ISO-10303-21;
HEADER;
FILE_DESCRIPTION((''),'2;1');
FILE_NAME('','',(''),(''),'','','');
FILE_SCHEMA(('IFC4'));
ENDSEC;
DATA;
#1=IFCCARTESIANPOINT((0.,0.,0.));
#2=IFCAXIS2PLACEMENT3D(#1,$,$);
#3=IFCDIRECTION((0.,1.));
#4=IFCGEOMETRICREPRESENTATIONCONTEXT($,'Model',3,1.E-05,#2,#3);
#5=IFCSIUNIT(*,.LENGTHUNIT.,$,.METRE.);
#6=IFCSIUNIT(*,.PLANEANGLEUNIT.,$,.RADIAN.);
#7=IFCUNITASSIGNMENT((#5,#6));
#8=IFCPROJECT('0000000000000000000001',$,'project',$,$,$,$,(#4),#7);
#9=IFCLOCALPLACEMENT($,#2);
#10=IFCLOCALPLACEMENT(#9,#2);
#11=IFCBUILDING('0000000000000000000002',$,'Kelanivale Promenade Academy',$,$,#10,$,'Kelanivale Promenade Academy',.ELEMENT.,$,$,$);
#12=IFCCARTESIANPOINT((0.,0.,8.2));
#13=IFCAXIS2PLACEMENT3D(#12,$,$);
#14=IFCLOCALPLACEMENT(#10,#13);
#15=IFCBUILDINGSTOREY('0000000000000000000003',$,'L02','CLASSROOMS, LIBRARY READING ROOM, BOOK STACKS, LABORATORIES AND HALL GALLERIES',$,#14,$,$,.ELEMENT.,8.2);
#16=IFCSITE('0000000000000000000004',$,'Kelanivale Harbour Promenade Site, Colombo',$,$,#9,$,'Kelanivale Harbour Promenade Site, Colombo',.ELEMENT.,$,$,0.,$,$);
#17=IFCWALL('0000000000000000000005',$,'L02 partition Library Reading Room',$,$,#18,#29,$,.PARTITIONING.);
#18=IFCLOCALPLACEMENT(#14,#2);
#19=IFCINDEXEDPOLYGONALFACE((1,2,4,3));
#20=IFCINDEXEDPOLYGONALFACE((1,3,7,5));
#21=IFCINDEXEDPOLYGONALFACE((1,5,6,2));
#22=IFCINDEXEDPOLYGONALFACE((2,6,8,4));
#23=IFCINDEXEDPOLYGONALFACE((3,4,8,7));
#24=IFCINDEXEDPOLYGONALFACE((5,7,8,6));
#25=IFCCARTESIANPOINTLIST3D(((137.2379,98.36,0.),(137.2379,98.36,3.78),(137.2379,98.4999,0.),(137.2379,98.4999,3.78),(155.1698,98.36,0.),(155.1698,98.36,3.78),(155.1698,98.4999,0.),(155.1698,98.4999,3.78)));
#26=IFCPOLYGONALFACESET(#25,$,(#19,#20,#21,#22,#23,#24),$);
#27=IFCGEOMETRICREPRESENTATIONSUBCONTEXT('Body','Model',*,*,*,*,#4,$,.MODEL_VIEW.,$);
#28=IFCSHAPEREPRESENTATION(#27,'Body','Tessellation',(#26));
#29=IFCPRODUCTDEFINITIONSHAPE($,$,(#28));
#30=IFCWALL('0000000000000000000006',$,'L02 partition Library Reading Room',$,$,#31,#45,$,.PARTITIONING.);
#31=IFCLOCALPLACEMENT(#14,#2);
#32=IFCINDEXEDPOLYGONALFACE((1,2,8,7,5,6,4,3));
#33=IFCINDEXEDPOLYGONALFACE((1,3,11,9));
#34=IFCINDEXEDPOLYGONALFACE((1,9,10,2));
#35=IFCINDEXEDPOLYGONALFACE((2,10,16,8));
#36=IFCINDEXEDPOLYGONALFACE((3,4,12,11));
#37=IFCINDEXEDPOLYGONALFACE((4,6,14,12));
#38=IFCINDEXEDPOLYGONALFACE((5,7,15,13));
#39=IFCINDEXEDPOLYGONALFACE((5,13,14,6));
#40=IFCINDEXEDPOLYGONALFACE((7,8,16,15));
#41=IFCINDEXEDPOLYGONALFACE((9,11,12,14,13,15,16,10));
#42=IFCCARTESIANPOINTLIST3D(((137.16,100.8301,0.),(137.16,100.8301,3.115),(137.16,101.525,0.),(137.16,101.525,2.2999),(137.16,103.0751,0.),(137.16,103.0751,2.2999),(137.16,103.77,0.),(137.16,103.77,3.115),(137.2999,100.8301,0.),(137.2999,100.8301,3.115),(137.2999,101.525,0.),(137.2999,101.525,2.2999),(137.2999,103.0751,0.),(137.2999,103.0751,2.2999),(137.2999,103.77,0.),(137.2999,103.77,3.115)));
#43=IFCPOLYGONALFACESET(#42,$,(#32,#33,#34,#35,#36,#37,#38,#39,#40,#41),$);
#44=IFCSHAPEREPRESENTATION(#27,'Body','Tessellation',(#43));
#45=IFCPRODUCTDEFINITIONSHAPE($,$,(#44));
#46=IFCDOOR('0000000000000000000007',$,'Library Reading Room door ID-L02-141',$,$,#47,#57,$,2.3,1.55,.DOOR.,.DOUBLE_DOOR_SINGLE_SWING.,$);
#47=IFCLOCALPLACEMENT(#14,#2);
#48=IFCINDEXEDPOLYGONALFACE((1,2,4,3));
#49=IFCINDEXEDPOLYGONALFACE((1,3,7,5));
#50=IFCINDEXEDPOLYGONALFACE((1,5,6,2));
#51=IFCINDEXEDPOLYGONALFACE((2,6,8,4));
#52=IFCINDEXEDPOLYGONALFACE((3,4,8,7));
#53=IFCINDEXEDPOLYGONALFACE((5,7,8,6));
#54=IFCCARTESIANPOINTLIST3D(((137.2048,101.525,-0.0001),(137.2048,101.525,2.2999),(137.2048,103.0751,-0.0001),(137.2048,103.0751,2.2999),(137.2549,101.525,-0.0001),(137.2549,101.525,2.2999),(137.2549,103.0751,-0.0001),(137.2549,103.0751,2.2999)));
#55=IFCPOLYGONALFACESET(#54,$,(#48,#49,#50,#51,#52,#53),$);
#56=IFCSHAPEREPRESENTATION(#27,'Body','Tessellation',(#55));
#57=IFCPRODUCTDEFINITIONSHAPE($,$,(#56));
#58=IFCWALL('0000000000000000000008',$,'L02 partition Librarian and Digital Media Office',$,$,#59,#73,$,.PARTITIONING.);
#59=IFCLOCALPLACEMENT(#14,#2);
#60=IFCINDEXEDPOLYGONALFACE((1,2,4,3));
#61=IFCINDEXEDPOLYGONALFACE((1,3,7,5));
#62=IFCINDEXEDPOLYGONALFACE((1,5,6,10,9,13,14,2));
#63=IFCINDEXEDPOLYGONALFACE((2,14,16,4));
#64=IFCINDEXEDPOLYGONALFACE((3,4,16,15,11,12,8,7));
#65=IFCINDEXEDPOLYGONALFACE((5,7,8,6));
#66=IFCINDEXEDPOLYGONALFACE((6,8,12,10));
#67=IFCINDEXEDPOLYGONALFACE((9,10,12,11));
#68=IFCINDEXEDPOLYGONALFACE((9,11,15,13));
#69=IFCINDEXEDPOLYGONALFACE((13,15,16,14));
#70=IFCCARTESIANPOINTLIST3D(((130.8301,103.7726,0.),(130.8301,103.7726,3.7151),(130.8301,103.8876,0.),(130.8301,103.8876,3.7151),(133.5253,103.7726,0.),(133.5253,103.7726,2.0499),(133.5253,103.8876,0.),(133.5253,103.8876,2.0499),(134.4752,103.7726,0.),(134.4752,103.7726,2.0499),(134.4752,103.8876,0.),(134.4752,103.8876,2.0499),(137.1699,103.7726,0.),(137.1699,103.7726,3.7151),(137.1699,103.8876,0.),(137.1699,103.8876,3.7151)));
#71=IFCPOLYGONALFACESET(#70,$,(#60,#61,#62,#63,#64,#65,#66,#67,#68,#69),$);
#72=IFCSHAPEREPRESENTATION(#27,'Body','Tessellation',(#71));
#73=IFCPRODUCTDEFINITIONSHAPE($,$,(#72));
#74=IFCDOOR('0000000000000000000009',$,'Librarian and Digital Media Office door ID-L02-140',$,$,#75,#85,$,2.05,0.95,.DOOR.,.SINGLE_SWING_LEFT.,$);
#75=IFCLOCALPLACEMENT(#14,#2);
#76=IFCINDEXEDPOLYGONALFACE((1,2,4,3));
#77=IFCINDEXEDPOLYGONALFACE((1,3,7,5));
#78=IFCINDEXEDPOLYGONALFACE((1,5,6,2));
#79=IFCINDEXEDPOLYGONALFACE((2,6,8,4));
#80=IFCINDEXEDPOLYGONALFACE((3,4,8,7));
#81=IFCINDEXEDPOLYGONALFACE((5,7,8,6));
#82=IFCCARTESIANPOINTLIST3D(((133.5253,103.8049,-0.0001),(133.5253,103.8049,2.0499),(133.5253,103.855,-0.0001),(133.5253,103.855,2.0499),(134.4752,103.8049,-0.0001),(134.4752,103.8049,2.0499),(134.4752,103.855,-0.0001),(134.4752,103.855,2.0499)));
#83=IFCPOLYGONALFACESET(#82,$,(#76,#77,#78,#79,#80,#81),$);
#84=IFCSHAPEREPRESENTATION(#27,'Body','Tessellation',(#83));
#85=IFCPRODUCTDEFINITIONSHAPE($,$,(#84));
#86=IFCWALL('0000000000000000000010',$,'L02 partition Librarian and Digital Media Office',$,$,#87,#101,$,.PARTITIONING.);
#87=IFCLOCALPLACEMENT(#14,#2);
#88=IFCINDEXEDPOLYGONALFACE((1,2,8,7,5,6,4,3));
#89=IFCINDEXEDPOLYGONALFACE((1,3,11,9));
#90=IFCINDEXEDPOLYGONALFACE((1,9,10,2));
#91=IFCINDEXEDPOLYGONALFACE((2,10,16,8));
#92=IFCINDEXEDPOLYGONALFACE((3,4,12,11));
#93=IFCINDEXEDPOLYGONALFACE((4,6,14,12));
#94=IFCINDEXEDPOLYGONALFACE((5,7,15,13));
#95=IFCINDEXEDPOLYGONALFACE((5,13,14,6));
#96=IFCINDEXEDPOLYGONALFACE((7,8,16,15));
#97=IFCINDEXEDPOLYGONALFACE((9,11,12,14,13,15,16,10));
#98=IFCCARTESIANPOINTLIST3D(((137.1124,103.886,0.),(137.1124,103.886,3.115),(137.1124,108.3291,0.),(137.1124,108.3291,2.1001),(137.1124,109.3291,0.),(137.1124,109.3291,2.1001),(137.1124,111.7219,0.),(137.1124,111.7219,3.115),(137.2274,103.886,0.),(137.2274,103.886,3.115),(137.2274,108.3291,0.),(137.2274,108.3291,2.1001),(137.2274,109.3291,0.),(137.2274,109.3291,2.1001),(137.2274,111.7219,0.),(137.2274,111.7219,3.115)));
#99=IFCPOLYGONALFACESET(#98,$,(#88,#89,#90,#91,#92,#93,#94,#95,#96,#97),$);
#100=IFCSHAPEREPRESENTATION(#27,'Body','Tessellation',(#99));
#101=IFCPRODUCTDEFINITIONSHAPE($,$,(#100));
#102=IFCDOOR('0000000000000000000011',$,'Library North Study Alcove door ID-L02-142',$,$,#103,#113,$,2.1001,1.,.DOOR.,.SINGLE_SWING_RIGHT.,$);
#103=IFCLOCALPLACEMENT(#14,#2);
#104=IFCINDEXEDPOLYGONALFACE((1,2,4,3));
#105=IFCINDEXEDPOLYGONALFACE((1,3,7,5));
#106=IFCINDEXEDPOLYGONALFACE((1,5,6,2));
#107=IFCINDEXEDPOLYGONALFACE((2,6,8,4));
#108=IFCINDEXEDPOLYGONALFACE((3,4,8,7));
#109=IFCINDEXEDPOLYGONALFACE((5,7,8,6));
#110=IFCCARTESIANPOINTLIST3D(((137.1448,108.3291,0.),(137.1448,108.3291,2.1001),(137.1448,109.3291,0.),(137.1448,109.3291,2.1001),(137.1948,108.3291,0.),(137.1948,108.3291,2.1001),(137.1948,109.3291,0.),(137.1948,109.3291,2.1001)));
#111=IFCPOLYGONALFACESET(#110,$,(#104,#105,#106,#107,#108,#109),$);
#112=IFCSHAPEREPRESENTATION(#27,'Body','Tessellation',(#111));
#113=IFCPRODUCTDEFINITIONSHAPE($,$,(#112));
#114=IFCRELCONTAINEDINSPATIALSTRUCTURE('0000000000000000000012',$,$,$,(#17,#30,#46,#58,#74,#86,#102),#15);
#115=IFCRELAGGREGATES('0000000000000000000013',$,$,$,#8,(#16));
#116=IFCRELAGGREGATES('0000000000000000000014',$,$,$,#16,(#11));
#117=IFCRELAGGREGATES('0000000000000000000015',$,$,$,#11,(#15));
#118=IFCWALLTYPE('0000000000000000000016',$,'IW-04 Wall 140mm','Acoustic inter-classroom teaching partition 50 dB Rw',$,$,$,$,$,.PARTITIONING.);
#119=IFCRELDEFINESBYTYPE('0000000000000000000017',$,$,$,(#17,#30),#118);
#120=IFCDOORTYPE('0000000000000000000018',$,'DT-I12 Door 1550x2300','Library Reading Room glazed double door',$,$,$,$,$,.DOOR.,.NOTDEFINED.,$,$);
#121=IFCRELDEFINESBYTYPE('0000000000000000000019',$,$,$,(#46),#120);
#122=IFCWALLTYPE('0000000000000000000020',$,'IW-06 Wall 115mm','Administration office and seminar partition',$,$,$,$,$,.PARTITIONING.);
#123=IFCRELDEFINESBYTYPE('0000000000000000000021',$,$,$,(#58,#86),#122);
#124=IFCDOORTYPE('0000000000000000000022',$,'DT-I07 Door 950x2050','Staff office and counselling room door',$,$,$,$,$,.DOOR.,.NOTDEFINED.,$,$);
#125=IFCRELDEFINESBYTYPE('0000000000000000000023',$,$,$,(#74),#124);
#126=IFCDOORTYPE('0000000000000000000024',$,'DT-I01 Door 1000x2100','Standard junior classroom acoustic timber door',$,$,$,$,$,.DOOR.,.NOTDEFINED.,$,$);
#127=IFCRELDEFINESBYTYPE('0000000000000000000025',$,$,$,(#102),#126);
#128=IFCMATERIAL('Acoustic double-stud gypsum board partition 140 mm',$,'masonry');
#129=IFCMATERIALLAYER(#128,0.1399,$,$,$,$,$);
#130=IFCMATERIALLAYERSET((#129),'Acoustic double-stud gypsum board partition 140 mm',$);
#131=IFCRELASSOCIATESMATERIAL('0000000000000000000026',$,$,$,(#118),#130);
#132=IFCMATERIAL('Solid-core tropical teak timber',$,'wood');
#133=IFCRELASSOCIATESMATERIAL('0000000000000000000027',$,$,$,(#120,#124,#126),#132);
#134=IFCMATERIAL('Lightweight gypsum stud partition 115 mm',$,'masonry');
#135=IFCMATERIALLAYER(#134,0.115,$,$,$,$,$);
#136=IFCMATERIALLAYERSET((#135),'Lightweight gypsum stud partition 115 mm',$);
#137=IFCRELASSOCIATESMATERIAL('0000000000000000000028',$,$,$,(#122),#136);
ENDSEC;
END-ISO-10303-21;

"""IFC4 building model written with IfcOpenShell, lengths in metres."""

from ifc_helpers import new_model, si_unit, direction, frame, frame_2d, origin, place, context, subcontext, project, spatial, rectangle, extrude, material, layer, layer_set, type_object, element, fill, save


model = new_model("IFC4")

# Units and contexts
model_context = context("Model", 3, precision=1e-05, world=origin(), true_north=direction((0.0, 1.0)))
body_context = subcontext(model_context, "Body", "Model", "MODEL_VIEW")
ifc_project = project(units=[si_unit("LENGTHUNIT", "METRE"), si_unit("PLANEANGLEUNIT", "RADIAN")], contexts=[model_context])

# Site, building, storey
site_placement = place(None, origin())
site = spatial("IfcSite", under=ifc_project, at=site_placement, Name="Kelanivale Harbour Promenade Site, Colombo", LongName="Kelanivale Harbour Promenade Site, Colombo", CompositionType="ELEMENT", RefElevation=0.0)
building_placement = place(site_placement, origin())
building = spatial("IfcBuilding", under=site, at=building_placement, Name="Kelanivale Promenade Academy", LongName="Kelanivale Promenade Academy", CompositionType="ELEMENT")
storey_placement = place(building_placement, frame((0.0, 0.0, 8.2)))
storey = spatial("IfcBuildingStorey", under=building, at=storey_placement, Name="L02", Description="CLASSROOMS, LIBRARY READING ROOM, BOOK STACKS, LABORATORIES AND HALL GALLERIES", CompositionType="ELEMENT", Elevation=8.2)

# Shared definitions
ifc_material_1 = material(Name="Acoustic double-stud gypsum board partition 140 mm", Category="masonry")
ifc_layer_1 = layer(ifc_material_1, 0.1399)
ifc_layer_set_1 = layer_set([ifc_layer_1], Name="Acoustic double-stud gypsum board partition 140 mm")
wall_type_1 = type_object("IfcWallType", Name="IW-04 Wall 140mm", Description="Acoustic inter-classroom teaching partition 50 dB Rw", PredefinedType="PARTITIONING", material=ifc_layer_set_1)

# Shared definitions
ifc_material_2 = material(Name="Solid-core tropical teak timber", Category="wood")

# Wall
wall_1_placement = place(storey_placement, frame((137.238, 98.4299, 0.0), z_axis=(0.0, 0.0, 1.0), x_axis=(1.0, 0.0, 0.0)))
element("IfcWall", 1, at=wall_1_placement, inside=storey, type_object=wall_type_1, Name="L02 partition Library Reading Room", PredefinedType="PARTITIONING", context=body_context, shape_type="SweptSolid", body=[
    extrude(rectangle(XDim=17.9319, YDim=0.1399, at=frame_2d((8.9658, 0.0))), origin(), (0.0, 0.0, 1.0), 3.78),
])

# Walls, openings, doors
wall_2_placement = place(storey_placement, frame((137.23, 103.77, 0.0), z_axis=(0.0, 0.0, 1.0), x_axis=(0.0, -1.0, 0.0)))
wall_2 = element("IfcWall", 2, at=wall_2_placement, inside=storey, type_object=wall_type_1, Name="L02 partition Library Reading Room", PredefinedType="PARTITIONING", context=body_context, shape_type="SweptSolid", body=[
    extrude(rectangle(XDim=2.9399, YDim=0.1399, at=frame_2d((1.47, 0.0))), origin(), (0.0, 0.0, 1.0), 3.115),
])
opening_1_placement = place(wall_2_placement, frame((0.6951, 0.0, 0.0)))
opening_1 = element("IfcOpeningElement", 3, at=opening_1_placement, cuts=wall_2, PredefinedType="OPENING", context=body_context, shape_type="SweptSolid", body=[
    extrude(rectangle(XDim=1.55, YDim=2.3, at=frame_2d((0.7749, 1.1499))), frame((0.0, 0.0801, 0.0), z_axis=(0.0, -1.0, 0.0), x_axis=(1.0, 0.0, 0.0)), (0.0, 0.0, 1.0), 0.1599),
])
door_type_1 = type_object("IfcDoorType", Name="DT-I12 Door 1550x2300", Description="Library Reading Room glazed double door", OperationType="NOTDEFINED", PredefinedType="DOOR", material=ifc_material_2)
door_1_placement = place(opening_1_placement, origin())
door_1 = element("IfcDoor", 4, at=door_1_placement, inside=storey, type_object=door_type_1, Name="Library Reading Room door ID-L02-141", OperationType="DOUBLE_DOOR_SINGLE_SWING", OverallHeight=2.3, OverallWidth=1.55, PredefinedType="DOOR", context=body_context, shape_type="SweptSolid", body=[
    extrude(rectangle(XDim=1.55, YDim=2.3, at=frame_2d((0.7749, 1.1499))), frame((0.0, 0.0249, 0.0), z_axis=(0.0, -1.0, 0.0), x_axis=(1.0, 0.0, 0.0)), (0.0, 0.0, 1.0), 0.05),
])
fill(opening_1, door_1)
ifc_material_3 = material(Name="Lightweight gypsum stud partition 115 mm", Category="masonry")
ifc_layer_2 = layer(ifc_material_3, 0.115)
ifc_layer_set_2 = layer_set([ifc_layer_2], Name="Lightweight gypsum stud partition 115 mm")
wall_type_2 = type_object("IfcWallType", Name="IW-06 Wall 115mm", Description="Administration office and seminar partition", PredefinedType="PARTITIONING", material=ifc_layer_set_2)
wall_3_placement = place(storey_placement, frame((130.8301, 103.8301, 0.0), z_axis=(0.0, 0.0, 1.0), x_axis=(1.0, 0.0, 0.0)))
wall_3 = element("IfcWall", 5, at=wall_3_placement, inside=storey, type_object=wall_type_2, Name="L02 partition Librarian and Digital Media Office", PredefinedType="PARTITIONING", context=body_context, shape_type="SweptSolid", body=[
    extrude(rectangle(XDim=6.3398, YDim=0.115, at=frame_2d((3.1699, 0.0))), origin(), (0.0, 0.0, 1.0), 3.7151),
])
opening_2_placement = place(wall_3_placement, frame((2.6951, 0.0, 0.0)))
opening_2 = element("IfcOpeningElement", 6, at=opening_2_placement, cuts=wall_3, PredefinedType="OPENING", context=body_context, shape_type="SweptSolid", body=[
    extrude(rectangle(XDim=0.95, YDim=2.05, at=frame_2d((0.4751, 1.0249))), frame((0.0, 0.0674, 0.0), z_axis=(0.0, -1.0, 0.0), x_axis=(1.0, 0.0, 0.0)), (0.0, 0.0, 1.0), 0.135),
])
door_type_2 = type_object("IfcDoorType", Name="DT-I07 Door 950x2050", Description="Staff office and counselling room door", OperationType="NOTDEFINED", PredefinedType="DOOR", material=ifc_material_2)
door_2_placement = place(opening_2_placement, origin())
door_2 = element("IfcDoor", 7, at=door_2_placement, inside=storey, type_object=door_type_2, Name="Librarian and Digital Media Office door ID-L02-140", OperationType="SINGLE_SWING_LEFT", OverallHeight=2.05, OverallWidth=0.95, PredefinedType="DOOR", context=body_context, shape_type="SweptSolid", body=[
    extrude(rectangle(XDim=0.95, YDim=2.05, at=frame_2d((0.4751, 1.0249))), frame((0.0, 0.0249, 0.0), z_axis=(0.0, -1.0, 0.0), x_axis=(1.0, 0.0, 0.0)), (0.0, 0.0, 1.0), 0.05),
])
fill(opening_2, door_2)
wall_4_placement = place(storey_placement, frame((137.1699, 103.886, 0.0), z_axis=(0.0, 0.0, 1.0), x_axis=(0.0, 1.0, 0.0)))
wall_4 = element("IfcWall", 8, at=wall_4_placement, inside=storey, type_object=wall_type_2, Name="L02 partition Librarian and Digital Media Office", PredefinedType="PARTITIONING", context=body_context, shape_type="SweptSolid", body=[
    extrude(rectangle(XDim=7.8359, YDim=0.115, at=frame_2d((3.918, 0.0))), origin(), (0.0, 0.0, 1.0), 3.115),
])
opening_3_placement = place(wall_4_placement, frame((4.4431, 0.0, 0.0)))
opening_3 = element("IfcOpeningElement", 9, at=opening_3_placement, cuts=wall_4, PredefinedType="OPENING", context=body_context, shape_type="SweptSolid", body=[
    extrude(rectangle(XDim=1.0, YDim=2.1001, at=frame_2d((0.5, 1.05))), frame((0.0, 0.0674, 0.0), z_axis=(0.0, -1.0, 0.0), x_axis=(1.0, 0.0, 0.0)), (0.0, 0.0, 1.0), 0.135),
])
door_type_3 = type_object("IfcDoorType", Name="DT-I01 Door 1000x2100", Description="Standard junior classroom acoustic timber door", OperationType="NOTDEFINED", PredefinedType="DOOR", material=ifc_material_2)
door_3_placement = place(opening_3_placement, frame((1.0, 0.0, 0.0), z_axis=(0.0, 0.0, 1.0), x_axis=(-1.0, 0.0, 0.0)))
door_3 = element("IfcDoor", 10, at=door_3_placement, inside=storey, type_object=door_type_3, Name="Library North Study Alcove door ID-L02-142", OperationType="SINGLE_SWING_RIGHT", OverallHeight=2.1001, OverallWidth=1.0, PredefinedType="DOOR", context=body_context, shape_type="SweptSolid", body=[
    extrude(rectangle(XDim=1.0, YDim=2.1001, at=frame_2d((0.5, 1.05))), frame((0.0, 0.0249, 0.0), z_axis=(0.0, -1.0, 0.0), x_axis=(1.0, 0.0, 0.0)), (0.0, 0.0, 1.0), 0.05),
])
fill(opening_3, door_3)

save(model, "model.ifc")
